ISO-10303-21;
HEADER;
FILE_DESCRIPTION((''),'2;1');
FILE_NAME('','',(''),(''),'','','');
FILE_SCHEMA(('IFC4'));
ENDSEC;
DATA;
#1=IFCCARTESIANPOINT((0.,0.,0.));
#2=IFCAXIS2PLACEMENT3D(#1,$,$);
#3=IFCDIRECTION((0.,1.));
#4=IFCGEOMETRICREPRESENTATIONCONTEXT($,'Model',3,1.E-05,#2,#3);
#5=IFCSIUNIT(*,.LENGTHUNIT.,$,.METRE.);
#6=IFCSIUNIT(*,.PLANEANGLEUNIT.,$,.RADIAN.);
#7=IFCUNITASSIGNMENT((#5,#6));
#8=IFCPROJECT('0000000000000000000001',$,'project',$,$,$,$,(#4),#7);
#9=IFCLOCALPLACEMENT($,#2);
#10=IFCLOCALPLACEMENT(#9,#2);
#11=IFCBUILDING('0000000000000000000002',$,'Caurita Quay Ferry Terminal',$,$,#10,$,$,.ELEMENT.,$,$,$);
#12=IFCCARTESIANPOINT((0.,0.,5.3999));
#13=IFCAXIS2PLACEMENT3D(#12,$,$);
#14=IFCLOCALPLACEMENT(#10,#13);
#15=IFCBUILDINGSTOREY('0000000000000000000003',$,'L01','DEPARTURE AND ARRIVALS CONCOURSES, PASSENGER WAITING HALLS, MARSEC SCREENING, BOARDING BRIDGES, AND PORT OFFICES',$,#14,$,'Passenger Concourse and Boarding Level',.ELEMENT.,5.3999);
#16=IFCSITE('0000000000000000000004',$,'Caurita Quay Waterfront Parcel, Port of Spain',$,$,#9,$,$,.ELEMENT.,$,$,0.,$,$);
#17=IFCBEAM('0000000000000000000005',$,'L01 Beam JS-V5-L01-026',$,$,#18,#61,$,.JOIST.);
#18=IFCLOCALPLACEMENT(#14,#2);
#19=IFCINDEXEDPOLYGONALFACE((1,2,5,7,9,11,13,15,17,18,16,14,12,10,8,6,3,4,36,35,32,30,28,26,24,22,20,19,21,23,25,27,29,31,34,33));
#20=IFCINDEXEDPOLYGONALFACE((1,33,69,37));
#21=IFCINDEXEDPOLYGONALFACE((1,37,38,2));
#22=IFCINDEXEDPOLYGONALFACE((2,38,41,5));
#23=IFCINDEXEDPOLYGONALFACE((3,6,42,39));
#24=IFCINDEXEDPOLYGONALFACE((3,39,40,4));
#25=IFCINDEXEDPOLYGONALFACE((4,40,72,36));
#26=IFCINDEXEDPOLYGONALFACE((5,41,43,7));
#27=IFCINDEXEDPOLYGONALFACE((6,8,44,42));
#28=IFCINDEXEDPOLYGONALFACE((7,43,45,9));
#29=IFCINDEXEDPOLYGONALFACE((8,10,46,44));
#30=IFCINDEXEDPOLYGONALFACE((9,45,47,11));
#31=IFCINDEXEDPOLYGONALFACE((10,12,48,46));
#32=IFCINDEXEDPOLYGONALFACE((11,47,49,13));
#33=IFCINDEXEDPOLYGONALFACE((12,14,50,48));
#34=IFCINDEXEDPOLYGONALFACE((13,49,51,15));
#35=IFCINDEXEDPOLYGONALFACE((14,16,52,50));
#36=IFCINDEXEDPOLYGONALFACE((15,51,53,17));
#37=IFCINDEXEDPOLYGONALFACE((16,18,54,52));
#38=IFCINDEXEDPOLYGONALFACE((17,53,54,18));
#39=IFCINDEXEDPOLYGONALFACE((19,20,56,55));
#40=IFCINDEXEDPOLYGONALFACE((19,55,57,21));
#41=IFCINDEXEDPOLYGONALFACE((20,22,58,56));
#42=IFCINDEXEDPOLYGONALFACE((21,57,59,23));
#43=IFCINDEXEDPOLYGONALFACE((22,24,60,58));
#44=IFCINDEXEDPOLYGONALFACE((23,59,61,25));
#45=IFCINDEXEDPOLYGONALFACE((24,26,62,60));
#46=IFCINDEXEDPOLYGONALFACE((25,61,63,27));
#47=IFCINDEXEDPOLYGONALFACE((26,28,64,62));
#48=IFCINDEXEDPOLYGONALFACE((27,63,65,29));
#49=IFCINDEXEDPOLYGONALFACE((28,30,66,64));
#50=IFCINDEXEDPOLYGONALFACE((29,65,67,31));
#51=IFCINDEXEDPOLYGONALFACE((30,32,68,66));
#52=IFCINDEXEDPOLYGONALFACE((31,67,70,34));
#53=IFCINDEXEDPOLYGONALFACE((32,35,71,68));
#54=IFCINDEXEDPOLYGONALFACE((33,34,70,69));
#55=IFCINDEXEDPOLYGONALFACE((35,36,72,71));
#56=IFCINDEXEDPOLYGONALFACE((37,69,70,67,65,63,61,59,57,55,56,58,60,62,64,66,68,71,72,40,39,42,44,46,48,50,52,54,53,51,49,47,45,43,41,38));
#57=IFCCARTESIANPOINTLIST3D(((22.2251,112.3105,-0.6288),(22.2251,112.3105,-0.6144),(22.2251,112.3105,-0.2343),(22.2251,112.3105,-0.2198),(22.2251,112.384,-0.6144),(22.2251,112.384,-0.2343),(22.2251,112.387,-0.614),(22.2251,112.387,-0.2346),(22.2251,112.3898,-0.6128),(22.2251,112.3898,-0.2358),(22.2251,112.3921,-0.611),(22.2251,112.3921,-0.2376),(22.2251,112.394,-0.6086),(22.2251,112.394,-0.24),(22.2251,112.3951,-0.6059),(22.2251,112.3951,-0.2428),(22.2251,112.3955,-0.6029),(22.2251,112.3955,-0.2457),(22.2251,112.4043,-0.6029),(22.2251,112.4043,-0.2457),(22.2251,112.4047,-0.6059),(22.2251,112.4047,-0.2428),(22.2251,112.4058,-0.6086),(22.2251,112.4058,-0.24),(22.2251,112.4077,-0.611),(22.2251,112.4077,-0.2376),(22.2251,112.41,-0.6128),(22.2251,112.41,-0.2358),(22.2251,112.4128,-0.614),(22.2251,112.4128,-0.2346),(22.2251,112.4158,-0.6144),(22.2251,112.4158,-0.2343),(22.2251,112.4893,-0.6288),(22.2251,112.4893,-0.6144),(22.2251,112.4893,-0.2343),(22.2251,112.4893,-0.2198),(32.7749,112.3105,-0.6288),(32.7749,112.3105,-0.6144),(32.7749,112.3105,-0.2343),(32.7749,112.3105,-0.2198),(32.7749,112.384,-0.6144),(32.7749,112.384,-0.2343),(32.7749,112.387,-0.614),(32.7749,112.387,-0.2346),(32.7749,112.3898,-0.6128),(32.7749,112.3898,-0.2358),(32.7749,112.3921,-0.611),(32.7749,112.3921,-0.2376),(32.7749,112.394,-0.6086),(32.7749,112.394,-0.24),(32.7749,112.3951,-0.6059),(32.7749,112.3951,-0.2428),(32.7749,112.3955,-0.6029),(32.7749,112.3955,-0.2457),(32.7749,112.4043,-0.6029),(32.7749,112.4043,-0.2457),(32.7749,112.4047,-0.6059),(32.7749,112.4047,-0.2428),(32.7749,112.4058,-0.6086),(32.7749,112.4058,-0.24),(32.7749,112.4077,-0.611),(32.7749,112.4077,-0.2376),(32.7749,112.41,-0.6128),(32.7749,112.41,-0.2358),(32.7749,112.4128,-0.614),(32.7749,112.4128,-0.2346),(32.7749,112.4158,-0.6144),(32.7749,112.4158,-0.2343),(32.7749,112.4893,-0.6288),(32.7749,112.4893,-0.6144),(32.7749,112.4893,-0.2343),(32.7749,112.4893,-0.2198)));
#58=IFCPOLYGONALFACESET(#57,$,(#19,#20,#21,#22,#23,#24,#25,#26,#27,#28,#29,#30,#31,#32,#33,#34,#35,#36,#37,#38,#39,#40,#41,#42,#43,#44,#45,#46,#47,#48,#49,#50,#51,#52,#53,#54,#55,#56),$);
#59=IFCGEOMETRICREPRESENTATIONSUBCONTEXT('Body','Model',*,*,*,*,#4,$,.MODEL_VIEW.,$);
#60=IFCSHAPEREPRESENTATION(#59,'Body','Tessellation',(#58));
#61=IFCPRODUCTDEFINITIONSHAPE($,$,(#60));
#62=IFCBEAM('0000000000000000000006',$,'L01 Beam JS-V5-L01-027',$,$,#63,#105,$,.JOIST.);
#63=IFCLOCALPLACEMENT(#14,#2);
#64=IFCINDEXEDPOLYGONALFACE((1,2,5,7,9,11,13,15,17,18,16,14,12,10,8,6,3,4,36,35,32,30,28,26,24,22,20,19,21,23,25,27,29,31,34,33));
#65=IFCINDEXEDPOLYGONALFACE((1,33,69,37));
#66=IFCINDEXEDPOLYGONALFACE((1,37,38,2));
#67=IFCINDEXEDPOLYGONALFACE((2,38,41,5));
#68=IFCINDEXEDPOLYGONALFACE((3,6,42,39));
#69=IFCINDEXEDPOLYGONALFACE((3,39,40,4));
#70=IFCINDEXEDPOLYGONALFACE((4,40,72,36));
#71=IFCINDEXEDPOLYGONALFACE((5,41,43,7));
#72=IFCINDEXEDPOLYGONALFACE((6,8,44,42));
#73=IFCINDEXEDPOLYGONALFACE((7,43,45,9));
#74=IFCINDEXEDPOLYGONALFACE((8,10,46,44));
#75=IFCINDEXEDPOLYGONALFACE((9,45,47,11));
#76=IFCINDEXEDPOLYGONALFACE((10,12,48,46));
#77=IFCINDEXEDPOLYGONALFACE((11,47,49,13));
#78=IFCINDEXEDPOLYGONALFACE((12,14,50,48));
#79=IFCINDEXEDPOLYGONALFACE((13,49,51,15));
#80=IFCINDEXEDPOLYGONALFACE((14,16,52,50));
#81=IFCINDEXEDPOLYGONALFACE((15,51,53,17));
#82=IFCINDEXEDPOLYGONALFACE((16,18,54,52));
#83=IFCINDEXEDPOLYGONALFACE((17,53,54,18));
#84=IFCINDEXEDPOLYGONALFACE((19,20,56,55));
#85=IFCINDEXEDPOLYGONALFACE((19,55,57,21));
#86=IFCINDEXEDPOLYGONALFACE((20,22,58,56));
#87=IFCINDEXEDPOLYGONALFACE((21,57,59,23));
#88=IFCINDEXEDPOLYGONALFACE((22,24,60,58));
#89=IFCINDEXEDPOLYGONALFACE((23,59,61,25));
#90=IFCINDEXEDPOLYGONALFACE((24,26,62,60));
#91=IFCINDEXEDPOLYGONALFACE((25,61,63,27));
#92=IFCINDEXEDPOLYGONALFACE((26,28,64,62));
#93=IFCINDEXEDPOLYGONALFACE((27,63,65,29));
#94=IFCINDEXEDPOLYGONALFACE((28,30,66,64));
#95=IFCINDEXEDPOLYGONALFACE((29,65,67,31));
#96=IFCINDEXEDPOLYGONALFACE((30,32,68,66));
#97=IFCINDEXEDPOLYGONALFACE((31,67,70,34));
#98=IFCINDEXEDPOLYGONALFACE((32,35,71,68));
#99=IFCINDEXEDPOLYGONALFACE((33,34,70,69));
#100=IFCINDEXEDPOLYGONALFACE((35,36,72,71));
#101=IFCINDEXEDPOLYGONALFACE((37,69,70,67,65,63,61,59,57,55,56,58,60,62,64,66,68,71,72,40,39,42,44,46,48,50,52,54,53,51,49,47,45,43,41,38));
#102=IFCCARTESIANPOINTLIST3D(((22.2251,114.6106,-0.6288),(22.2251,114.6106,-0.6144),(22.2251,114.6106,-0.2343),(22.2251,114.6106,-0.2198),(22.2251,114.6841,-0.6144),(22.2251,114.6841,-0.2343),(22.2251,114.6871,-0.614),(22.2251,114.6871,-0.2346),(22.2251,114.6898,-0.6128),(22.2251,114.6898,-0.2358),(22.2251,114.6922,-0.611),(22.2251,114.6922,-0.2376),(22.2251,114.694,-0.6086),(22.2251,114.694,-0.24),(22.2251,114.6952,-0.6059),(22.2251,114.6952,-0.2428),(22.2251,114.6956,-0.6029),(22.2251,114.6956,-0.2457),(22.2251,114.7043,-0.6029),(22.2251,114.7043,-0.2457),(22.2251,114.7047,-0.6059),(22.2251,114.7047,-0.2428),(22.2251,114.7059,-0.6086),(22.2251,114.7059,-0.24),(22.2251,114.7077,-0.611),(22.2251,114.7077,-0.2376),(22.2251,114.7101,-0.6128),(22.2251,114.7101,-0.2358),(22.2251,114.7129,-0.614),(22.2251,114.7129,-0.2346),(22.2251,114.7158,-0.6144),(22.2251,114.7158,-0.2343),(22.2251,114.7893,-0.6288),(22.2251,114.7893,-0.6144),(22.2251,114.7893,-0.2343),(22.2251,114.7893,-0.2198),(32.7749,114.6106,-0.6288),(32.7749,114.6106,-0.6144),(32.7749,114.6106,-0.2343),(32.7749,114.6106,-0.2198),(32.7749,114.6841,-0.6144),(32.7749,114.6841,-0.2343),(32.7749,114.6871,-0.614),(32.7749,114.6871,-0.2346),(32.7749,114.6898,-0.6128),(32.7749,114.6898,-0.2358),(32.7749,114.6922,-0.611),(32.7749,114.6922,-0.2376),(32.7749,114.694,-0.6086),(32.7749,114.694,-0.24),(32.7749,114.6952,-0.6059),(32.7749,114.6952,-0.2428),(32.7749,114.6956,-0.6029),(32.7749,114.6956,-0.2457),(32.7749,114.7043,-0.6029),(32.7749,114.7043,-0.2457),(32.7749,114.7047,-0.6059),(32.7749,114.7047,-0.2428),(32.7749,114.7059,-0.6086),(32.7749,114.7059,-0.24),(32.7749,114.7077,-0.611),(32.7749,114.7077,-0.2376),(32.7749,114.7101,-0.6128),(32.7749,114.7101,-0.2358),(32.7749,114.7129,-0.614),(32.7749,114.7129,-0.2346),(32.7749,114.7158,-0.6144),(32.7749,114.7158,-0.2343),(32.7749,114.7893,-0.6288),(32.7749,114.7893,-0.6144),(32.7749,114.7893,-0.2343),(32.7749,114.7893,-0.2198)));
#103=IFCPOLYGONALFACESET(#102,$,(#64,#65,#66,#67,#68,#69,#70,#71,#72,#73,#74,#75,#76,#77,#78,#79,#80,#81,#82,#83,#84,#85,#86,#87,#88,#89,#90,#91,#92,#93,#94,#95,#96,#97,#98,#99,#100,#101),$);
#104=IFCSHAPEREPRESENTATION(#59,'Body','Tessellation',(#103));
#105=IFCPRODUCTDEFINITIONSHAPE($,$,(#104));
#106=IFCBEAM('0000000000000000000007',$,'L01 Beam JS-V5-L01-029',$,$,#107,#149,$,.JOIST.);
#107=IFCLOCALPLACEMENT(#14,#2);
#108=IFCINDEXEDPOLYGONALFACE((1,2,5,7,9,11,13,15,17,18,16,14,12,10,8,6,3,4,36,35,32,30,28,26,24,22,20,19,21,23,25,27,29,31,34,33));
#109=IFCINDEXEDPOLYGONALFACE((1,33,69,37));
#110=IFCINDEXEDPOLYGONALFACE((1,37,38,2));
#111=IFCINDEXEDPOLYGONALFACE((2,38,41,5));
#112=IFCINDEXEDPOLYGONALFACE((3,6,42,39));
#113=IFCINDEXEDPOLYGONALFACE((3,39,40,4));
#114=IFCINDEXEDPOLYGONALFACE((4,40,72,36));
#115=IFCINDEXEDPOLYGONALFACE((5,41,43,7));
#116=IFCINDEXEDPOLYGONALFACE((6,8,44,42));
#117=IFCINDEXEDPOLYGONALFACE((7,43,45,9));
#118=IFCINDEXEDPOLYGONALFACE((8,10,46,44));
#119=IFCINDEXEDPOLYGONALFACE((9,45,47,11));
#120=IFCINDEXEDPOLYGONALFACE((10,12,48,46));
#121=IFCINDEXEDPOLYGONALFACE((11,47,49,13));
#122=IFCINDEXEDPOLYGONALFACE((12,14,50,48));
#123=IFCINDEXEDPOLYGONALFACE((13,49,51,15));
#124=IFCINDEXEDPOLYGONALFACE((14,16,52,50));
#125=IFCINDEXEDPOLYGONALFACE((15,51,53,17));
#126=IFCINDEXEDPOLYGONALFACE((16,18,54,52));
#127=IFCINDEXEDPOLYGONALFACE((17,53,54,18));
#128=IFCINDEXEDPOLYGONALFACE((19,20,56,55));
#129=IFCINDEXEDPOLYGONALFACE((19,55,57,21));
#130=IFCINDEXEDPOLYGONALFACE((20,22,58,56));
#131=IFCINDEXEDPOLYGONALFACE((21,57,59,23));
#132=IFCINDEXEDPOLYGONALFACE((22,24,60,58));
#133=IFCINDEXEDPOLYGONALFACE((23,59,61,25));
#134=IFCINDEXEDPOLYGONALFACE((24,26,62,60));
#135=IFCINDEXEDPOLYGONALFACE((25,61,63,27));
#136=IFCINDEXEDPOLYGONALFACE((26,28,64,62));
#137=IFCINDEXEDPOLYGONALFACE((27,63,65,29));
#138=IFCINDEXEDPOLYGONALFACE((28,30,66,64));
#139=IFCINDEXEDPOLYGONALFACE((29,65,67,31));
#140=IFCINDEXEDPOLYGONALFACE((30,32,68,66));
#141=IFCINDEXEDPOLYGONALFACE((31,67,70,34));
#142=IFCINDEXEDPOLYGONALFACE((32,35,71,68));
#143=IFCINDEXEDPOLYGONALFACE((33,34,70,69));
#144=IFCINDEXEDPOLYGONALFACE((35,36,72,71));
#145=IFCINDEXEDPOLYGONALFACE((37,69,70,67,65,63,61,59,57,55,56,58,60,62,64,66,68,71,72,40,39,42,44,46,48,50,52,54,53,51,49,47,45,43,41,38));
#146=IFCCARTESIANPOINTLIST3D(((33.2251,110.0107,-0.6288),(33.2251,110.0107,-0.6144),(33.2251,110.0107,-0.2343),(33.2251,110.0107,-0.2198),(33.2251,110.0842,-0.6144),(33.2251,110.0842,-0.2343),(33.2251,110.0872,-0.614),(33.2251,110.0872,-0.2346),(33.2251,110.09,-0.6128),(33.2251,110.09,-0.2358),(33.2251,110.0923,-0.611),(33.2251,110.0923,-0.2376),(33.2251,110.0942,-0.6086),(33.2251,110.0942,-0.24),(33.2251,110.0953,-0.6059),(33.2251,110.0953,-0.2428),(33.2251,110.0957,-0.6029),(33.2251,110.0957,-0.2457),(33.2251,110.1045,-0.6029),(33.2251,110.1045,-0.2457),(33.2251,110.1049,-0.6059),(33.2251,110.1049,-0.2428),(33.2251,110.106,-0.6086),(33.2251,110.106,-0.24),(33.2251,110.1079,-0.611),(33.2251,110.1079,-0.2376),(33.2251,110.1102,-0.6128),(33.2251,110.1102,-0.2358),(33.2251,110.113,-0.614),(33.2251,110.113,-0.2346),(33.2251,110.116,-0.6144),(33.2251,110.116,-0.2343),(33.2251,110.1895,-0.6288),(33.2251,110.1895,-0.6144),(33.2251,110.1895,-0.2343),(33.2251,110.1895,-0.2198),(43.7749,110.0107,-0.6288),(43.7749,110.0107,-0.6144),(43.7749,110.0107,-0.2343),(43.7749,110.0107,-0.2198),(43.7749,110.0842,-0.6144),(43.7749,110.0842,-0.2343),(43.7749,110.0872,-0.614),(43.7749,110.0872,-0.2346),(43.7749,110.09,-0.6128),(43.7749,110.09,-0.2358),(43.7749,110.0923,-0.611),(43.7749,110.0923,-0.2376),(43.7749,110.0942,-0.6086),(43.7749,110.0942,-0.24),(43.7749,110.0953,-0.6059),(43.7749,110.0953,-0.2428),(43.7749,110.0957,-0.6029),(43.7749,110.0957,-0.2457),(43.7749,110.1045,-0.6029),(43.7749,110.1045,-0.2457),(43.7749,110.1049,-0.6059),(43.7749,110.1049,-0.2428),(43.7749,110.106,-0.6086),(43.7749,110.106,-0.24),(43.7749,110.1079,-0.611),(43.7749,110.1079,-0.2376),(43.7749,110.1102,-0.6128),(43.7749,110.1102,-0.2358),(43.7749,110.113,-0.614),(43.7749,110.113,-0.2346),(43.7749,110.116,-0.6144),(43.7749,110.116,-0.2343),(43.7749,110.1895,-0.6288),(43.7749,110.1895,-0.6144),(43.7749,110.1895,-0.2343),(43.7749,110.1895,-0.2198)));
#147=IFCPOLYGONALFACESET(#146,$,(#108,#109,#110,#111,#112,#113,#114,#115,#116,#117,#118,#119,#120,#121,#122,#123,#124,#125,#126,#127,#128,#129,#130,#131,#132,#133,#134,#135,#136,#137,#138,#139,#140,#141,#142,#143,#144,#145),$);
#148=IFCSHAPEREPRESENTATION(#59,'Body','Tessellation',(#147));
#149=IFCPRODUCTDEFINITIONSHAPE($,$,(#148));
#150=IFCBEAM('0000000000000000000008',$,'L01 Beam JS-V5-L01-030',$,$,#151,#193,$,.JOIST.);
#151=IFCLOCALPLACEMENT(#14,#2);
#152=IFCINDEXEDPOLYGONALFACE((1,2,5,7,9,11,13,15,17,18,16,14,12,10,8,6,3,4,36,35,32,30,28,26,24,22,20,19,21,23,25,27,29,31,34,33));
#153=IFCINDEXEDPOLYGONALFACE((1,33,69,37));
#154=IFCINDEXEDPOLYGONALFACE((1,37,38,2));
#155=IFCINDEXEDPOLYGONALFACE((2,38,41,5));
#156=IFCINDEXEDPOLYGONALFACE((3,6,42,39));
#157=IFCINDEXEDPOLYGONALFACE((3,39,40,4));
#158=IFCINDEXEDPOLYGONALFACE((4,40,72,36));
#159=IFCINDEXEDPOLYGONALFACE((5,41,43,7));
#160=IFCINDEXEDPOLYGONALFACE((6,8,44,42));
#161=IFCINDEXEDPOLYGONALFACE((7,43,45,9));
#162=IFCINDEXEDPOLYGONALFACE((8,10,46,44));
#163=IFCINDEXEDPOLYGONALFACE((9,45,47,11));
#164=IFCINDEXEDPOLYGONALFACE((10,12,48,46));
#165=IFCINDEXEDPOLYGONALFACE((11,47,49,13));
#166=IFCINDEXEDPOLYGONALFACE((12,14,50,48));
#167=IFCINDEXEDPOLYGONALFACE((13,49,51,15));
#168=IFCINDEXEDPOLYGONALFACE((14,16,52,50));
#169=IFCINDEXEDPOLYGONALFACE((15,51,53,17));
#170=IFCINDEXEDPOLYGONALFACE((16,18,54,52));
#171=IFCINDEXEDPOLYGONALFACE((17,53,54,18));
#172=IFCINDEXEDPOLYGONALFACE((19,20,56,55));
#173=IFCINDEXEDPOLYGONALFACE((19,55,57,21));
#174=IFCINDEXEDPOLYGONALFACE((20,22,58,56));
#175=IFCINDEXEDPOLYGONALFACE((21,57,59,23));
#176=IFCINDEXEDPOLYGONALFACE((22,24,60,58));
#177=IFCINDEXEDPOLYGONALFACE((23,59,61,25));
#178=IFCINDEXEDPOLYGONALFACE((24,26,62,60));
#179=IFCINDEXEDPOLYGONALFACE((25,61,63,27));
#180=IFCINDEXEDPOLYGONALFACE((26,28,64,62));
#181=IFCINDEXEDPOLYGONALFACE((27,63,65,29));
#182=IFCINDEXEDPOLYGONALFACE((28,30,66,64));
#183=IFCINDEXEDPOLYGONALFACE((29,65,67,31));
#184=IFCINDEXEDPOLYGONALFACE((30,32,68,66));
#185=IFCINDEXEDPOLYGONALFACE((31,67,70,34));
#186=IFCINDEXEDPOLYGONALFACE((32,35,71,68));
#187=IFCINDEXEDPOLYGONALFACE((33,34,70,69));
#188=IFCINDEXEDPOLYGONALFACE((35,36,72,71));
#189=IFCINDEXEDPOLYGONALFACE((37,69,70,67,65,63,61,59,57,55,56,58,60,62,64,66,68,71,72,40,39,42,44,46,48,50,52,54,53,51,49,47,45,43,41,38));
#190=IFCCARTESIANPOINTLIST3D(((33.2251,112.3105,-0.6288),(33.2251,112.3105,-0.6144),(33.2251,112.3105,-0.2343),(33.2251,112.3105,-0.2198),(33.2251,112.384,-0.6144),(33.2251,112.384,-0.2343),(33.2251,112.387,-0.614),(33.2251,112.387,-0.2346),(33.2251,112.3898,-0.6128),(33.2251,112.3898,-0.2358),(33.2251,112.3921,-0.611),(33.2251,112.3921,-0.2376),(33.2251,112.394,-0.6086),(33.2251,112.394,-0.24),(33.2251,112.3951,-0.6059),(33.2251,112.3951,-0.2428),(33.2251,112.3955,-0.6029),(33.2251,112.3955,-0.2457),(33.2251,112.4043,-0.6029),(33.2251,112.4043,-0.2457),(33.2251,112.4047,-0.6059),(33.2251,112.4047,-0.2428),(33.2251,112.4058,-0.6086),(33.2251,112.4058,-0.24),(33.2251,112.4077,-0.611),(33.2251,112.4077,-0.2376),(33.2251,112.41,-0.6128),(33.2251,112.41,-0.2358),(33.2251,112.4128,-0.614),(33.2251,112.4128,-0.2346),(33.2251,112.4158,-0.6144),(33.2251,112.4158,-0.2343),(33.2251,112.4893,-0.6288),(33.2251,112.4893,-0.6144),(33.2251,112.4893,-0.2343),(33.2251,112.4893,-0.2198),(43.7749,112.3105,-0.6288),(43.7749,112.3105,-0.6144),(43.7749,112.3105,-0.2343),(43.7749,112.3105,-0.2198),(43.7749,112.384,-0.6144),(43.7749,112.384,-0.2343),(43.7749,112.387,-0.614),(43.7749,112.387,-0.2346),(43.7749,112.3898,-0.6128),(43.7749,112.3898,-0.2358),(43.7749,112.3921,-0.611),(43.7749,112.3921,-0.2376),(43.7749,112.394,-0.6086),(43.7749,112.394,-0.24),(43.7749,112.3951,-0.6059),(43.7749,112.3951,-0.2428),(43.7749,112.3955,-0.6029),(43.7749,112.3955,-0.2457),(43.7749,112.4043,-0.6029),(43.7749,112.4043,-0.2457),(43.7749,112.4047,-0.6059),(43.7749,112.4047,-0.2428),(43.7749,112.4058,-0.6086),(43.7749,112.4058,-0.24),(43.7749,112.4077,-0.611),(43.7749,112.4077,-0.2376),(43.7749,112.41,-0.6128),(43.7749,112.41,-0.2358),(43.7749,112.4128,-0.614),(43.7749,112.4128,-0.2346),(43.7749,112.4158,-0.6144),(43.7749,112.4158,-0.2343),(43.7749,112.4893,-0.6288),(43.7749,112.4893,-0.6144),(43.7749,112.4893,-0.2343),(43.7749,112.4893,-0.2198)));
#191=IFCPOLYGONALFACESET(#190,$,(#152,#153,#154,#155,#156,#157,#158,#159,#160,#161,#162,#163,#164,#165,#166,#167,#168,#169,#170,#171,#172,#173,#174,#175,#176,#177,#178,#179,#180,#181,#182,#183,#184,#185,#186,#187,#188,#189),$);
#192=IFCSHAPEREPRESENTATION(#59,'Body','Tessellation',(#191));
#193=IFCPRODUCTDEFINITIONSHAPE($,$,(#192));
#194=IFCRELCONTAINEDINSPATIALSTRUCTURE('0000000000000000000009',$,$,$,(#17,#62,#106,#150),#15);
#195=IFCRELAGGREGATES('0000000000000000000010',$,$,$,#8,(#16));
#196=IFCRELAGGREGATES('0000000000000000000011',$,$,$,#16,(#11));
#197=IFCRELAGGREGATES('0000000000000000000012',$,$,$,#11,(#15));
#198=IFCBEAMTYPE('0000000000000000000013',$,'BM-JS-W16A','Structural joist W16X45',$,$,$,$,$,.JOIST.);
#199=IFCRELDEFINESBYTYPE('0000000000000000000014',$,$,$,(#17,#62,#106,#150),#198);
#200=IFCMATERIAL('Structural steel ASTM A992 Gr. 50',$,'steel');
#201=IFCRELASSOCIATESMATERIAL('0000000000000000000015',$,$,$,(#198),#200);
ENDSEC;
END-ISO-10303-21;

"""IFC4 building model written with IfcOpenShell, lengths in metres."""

from ifc_helpers import new_model, si_unit, direction, frame, origin, origin_2d, place, context, subcontext, project, spatial, i_section, extrude, material, material_profile, profile_set, type_object, element, save


model = new_model("IFC4")

# Units and contexts
model_context = context("Model", 3, precision=1e-05, world=origin(), true_north=direction((0.0, 1.0)))
body_context = subcontext(model_context, "Body", "Model", "MODEL_VIEW")
ifc_project = project(units=[si_unit("LENGTHUNIT", "METRE"), si_unit("PLANEANGLEUNIT", "RADIAN")], contexts=[model_context])

# Site, building, storey
site_placement = place(None, origin())
site = spatial("IfcSite", under=ifc_project, at=site_placement, Name="Caurita Quay Waterfront Parcel, Port of Spain", CompositionType="ELEMENT", RefElevation=0.0)
building_placement = place(site_placement, origin())
building = spatial("IfcBuilding", under=site, at=building_placement, Name="Caurita Quay Ferry Terminal", CompositionType="ELEMENT")
storey_placement = place(building_placement, frame((0.0, 0.0, 5.3999)))
storey = spatial("IfcBuildingStorey", under=building, at=storey_placement, Name="L01", Description="DEPARTURE AND ARRIVALS CONCOURSES, PASSENGER WAITING HALLS, MARSEC SCREENING, BOARDING BRIDGES, AND PORT OFFICES", LongName="Passenger Concourse and Boarding Level", CompositionType="ELEMENT", Elevation=5.3999)

# Beams
ifc_material_1 = material(Name="Structural steel ASTM A992 Gr. 50", Category="steel")
ifc_material_profile_1 = material_profile(ifc_material_1, i_section(OverallWidth=0.1787, OverallDepth=0.4089, WebThickness=0.0088, FlangeThickness=0.0144, FilletRadius=0.0115, at=origin_2d()), Name="W16X45")
ifc_profile_set_1 = profile_set([ifc_material_profile_1], Name="Structural steel ASTM A992 Gr. 50")
beam_type_1 = type_object("IfcBeamType", Name="BM-JS-W16A", Description="Structural joist W16X45", PredefinedType="JOIST", material=ifc_profile_set_1)
for number, where, z_axis, x_axis, name in (
    (1, (22.2251, 112.3999, -0.4243), (1.0, 0.0, 0.0), (0.0, 1.0, 0.0), "L01 Beam JS-V5-L01-026"),
    (2, (22.2251, 114.7, -0.4243), (1.0, 0.0, 0.0), (0.0, 1.0, 0.0), "L01 Beam JS-V5-L01-027"),
    (3, (33.2251, 110.1001, -0.4243), (1.0, 0.0, 0.0), (0.0, 1.0, 0.0), "L01 Beam JS-V5-L01-029"),
    (4, (33.2251, 112.3999, -0.4243), (1.0, 0.0, 0.0), (0.0, 1.0, 0.0), "L01 Beam JS-V5-L01-030"),
):
    element("IfcBeam", number, at=place(storey_placement, frame(where, z_axis=z_axis, x_axis=x_axis)), inside=storey, type_object=beam_type_1, Name=name, PredefinedType="JOIST", context=body_context, shape_type="SweptSolid", body=[
        extrude(i_section(OverallWidth=0.1787, OverallDepth=0.4089, WebThickness=0.0088, FlangeThickness=0.0144, FilletRadius=0.0115, at=origin_2d()), origin(), (0.0, 0.0, 1.0), 10.5498),
    ])

save(model, "model.ifc")
